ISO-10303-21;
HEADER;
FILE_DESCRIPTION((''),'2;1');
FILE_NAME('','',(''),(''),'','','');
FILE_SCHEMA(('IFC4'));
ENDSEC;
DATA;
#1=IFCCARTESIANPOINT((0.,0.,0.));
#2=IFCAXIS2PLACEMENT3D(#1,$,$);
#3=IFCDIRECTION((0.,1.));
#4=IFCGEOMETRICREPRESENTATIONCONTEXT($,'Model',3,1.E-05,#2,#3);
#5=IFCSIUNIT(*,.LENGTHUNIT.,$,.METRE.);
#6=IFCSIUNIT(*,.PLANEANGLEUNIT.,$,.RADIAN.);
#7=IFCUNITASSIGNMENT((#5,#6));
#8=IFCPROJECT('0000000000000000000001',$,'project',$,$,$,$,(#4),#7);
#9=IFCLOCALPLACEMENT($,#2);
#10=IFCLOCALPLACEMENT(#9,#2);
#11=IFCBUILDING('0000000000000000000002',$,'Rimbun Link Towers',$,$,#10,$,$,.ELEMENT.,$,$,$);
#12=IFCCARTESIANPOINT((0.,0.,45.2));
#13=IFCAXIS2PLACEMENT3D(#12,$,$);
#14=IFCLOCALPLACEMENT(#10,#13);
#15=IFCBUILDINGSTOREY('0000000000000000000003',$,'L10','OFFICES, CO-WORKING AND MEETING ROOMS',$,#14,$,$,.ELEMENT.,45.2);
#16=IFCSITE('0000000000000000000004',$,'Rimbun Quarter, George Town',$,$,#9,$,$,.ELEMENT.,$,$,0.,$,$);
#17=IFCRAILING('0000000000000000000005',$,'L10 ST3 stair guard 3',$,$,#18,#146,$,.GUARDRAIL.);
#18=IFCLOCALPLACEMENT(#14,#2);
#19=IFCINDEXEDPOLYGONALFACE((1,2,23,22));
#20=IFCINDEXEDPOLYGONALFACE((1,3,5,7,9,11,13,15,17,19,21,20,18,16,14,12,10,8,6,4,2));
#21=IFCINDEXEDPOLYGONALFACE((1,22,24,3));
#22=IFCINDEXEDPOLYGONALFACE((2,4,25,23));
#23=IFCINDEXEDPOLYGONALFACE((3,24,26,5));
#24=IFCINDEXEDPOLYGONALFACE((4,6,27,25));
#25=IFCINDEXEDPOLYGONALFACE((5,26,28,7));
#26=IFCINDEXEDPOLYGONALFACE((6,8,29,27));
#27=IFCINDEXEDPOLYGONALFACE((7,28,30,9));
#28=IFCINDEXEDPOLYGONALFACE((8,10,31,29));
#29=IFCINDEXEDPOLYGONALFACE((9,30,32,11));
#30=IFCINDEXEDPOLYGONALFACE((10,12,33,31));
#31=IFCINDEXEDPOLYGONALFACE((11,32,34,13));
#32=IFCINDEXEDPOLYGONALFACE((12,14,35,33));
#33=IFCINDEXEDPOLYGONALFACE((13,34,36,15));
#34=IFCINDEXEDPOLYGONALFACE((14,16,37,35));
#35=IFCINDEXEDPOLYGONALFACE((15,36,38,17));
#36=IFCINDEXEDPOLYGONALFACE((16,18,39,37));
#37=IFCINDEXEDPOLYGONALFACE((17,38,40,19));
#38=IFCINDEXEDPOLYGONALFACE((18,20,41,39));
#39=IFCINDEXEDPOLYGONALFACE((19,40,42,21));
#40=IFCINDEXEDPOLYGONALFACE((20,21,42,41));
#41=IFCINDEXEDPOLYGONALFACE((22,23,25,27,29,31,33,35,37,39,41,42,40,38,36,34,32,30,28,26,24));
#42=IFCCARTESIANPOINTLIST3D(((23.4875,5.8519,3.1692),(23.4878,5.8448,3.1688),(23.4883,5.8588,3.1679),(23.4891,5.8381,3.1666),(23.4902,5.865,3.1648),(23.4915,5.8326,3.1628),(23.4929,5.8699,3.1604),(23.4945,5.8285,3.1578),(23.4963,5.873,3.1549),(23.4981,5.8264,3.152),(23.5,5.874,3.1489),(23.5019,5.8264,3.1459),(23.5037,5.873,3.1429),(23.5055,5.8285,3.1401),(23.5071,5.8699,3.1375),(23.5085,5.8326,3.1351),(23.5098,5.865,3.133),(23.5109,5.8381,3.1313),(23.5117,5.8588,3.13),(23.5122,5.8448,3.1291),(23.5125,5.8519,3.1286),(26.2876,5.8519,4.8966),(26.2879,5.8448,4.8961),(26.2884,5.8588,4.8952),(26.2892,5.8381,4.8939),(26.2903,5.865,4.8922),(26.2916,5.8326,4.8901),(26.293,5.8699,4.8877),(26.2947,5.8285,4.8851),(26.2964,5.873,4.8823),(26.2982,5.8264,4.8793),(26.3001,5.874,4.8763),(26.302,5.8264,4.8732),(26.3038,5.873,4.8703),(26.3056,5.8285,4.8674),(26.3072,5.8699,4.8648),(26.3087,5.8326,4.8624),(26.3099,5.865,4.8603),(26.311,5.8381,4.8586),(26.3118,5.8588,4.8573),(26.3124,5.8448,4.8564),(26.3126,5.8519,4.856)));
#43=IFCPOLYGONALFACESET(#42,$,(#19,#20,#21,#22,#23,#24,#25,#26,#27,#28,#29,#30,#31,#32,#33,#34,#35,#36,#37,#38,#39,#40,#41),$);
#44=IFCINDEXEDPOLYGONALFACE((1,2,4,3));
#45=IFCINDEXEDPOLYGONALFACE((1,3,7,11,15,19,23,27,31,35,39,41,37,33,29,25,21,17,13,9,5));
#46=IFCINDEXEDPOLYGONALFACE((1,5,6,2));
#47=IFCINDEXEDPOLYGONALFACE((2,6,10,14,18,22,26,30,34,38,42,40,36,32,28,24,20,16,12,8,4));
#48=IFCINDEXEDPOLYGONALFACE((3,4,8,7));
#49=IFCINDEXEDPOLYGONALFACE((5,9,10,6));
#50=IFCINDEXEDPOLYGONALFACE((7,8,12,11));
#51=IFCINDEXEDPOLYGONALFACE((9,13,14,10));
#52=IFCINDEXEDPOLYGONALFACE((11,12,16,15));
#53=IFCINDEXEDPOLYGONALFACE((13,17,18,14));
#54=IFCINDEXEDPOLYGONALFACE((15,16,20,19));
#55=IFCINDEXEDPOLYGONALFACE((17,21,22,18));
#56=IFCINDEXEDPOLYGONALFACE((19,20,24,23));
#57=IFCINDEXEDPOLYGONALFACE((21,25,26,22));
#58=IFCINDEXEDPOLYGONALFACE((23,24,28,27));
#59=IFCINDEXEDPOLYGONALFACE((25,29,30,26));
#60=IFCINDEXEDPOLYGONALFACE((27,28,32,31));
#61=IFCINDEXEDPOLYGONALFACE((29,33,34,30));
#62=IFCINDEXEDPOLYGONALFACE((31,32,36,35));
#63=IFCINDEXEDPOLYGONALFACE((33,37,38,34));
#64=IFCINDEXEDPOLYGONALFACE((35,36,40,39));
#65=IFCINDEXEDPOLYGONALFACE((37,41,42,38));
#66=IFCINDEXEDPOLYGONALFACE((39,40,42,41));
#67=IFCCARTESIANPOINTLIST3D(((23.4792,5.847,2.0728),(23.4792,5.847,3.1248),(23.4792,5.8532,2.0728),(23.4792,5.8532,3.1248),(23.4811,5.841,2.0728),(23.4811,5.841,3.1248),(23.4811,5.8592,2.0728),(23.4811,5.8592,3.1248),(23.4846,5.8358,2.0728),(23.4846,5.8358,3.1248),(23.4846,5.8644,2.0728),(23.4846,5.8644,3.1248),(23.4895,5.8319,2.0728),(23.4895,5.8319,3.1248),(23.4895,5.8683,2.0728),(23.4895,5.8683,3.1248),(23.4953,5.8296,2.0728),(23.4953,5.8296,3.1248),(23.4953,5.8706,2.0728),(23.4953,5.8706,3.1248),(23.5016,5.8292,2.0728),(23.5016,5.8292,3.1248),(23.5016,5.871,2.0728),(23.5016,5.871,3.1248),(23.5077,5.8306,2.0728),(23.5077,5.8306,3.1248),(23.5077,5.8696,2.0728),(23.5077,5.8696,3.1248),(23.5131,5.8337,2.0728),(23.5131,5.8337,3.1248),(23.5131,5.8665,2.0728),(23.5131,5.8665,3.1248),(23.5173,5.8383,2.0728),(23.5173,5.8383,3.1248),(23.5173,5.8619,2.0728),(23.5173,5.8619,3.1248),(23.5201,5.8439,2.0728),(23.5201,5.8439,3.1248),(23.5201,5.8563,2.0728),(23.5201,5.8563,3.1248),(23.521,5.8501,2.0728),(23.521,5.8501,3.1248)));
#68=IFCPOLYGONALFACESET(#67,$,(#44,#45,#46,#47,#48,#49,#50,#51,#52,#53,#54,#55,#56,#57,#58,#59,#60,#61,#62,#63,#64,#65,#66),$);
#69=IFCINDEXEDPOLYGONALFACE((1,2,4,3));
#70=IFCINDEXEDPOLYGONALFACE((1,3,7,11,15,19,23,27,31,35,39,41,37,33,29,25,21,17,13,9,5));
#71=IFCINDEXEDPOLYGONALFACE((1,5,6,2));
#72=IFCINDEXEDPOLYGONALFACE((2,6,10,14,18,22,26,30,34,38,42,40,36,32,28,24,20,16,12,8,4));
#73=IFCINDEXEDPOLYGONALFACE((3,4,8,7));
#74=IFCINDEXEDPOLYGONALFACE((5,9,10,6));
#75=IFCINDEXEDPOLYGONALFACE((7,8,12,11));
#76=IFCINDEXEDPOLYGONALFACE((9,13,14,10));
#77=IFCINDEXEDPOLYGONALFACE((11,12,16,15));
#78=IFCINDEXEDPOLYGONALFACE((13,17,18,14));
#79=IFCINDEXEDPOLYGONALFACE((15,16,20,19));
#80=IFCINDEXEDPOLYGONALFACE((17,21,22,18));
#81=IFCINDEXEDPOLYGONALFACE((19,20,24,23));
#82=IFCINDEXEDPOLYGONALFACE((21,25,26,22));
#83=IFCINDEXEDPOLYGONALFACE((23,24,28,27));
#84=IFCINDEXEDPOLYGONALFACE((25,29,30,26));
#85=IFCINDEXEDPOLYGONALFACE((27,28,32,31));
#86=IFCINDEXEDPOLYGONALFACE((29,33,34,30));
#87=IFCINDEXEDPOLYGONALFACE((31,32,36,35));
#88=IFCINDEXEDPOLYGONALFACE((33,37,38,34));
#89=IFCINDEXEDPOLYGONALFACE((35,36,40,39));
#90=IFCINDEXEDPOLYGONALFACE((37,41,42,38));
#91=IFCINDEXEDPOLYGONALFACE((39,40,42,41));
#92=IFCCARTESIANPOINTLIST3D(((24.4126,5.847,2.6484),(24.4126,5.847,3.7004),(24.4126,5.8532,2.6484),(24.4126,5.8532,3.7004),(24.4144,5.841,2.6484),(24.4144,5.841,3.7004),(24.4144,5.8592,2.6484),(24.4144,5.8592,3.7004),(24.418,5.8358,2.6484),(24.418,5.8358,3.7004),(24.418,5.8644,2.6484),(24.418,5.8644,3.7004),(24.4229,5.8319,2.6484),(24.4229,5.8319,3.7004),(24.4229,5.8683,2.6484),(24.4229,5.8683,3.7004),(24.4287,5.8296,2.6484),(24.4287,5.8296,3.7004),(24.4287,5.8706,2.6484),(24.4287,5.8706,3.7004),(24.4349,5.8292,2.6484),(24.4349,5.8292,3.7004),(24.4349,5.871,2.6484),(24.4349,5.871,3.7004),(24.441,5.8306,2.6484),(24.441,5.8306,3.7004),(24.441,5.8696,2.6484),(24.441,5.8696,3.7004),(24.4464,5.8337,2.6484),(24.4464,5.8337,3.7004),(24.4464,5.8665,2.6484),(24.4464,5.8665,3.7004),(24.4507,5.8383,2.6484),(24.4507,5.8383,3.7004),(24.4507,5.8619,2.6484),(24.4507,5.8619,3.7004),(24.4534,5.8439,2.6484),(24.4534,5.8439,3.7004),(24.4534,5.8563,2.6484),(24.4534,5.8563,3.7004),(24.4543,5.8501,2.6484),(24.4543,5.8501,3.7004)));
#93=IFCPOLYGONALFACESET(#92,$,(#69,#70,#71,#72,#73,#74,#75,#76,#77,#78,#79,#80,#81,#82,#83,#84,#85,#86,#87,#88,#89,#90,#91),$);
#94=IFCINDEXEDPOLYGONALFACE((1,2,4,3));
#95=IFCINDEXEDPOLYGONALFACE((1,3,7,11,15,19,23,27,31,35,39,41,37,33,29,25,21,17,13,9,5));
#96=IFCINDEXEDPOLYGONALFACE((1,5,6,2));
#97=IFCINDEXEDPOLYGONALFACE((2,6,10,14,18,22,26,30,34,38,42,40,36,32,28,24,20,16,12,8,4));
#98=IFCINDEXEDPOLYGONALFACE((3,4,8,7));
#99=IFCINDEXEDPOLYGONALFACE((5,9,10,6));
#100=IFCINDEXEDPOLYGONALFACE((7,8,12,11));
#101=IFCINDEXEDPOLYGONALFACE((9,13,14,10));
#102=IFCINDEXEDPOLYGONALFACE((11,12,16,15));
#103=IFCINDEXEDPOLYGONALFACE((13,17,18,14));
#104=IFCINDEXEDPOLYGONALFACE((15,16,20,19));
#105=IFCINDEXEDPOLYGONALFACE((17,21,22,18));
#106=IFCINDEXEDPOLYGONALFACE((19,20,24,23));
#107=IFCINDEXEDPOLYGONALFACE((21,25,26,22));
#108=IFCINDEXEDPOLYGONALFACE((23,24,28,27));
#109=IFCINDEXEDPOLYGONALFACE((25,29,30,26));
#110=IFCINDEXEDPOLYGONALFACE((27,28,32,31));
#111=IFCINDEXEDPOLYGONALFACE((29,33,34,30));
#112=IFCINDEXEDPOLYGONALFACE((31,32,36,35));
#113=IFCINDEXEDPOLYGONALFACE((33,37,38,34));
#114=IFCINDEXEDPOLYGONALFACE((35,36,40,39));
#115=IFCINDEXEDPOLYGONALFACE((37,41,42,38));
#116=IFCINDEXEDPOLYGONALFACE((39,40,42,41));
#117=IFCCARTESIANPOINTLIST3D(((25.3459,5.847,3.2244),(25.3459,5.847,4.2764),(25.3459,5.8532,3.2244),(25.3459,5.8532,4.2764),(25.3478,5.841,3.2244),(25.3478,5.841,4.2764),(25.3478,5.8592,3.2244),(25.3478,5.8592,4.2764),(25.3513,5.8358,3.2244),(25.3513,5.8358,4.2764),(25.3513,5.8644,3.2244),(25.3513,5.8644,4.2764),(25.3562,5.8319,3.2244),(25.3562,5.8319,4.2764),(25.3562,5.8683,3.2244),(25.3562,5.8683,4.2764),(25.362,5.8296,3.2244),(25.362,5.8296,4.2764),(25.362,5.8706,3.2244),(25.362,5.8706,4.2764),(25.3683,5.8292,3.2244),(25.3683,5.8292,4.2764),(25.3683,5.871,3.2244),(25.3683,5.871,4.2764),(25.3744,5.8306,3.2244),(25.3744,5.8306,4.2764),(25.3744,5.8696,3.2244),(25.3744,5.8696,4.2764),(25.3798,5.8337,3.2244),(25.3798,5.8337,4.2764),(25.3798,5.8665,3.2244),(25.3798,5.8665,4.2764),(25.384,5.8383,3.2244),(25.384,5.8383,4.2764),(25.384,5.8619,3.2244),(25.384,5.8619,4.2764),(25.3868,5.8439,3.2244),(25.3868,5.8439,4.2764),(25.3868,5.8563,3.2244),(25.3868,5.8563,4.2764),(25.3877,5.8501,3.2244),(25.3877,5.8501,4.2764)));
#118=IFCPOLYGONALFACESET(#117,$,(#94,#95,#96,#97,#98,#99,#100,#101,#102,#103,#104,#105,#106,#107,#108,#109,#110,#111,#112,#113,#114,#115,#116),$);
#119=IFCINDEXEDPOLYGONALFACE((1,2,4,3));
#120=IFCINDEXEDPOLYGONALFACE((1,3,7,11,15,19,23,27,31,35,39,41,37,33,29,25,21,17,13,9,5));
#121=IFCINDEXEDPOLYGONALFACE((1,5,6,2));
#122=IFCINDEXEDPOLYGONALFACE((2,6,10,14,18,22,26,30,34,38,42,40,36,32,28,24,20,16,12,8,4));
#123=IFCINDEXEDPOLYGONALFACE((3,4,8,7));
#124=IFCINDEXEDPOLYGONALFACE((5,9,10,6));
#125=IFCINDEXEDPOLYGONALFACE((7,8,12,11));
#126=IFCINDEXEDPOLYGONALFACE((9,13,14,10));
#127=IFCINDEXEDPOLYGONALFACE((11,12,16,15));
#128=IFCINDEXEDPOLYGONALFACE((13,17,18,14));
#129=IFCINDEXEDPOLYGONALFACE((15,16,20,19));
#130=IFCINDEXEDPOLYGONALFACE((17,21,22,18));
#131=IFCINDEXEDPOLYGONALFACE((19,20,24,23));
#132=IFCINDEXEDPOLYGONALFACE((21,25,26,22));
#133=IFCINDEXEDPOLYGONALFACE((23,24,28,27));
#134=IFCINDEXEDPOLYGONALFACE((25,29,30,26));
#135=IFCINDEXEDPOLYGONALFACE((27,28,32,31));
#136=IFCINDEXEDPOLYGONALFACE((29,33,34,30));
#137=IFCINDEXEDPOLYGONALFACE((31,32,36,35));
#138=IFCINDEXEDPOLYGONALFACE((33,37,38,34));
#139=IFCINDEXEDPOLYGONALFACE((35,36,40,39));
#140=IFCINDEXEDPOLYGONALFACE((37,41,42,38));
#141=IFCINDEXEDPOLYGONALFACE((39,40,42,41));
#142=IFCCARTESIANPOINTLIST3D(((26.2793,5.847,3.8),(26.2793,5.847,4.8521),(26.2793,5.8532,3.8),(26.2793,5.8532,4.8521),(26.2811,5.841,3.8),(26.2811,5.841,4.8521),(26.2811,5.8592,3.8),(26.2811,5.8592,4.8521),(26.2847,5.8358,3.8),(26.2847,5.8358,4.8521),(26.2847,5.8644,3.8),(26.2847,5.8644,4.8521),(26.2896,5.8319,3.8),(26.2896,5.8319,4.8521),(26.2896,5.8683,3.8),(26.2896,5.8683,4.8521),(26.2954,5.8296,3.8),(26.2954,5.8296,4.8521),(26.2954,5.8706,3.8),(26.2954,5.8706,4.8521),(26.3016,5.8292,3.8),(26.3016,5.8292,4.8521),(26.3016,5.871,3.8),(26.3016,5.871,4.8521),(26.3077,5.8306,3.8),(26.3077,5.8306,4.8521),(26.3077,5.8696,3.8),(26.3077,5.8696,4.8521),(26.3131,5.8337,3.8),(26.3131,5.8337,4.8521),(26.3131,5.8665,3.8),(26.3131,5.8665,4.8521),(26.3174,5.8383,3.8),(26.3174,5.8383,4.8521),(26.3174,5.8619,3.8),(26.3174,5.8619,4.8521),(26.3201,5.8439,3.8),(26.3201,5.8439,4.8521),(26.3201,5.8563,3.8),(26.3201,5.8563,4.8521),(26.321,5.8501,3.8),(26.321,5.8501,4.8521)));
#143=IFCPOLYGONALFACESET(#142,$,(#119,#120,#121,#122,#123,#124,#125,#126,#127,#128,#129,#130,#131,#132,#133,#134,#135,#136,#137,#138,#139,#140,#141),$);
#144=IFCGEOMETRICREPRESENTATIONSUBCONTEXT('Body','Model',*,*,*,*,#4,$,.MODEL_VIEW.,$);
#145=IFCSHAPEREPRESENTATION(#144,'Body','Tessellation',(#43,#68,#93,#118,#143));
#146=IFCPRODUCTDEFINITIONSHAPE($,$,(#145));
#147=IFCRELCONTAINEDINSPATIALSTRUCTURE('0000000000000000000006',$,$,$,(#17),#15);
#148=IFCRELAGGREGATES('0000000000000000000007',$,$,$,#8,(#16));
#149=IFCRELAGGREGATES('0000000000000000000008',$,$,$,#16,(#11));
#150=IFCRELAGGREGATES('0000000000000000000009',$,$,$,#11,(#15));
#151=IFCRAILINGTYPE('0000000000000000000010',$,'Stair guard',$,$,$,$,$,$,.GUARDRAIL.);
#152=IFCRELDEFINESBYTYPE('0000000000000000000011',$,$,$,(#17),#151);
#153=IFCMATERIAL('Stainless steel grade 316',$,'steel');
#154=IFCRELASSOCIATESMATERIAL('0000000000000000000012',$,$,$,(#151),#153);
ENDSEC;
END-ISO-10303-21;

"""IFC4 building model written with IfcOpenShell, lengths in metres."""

from ifc_helpers import new_model, si_unit, direction, frame, origin, origin_2d, place, context, subcontext, project, spatial, circle, extrude, material, type_object, element, save


model = new_model("IFC4")

# Units and contexts
model_context = context("Model", 3, precision=1e-05, world=origin(), true_north=direction((0.0, 1.0)))
body_context = subcontext(model_context, "Body", "Model", "MODEL_VIEW")
ifc_project = project(units=[si_unit("LENGTHUNIT", "METRE"), si_unit("PLANEANGLEUNIT", "RADIAN")], contexts=[model_context])

# Site, building, storey
site_placement = place(None, origin())
site = spatial("IfcSite", under=ifc_project, at=site_placement, Name="Rimbun Quarter, George Town", CompositionType="ELEMENT", RefElevation=0.0)
building_placement = place(site_placement, origin())
building = spatial("IfcBuilding", under=site, at=building_placement, Name="Rimbun Link Towers", CompositionType="ELEMENT")
storey_placement = place(building_placement, frame((0.0, 0.0, 45.2)))
storey = spatial("IfcBuildingStorey", under=building, at=storey_placement, Name="L10", Description="OFFICES, CO-WORKING AND MEETING ROOMS", CompositionType="ELEMENT", Elevation=45.2)

# Railing
ifc_material_1 = material(Name="Stainless steel grade 316", Category="steel")
railing_type_1 = type_object("IfcRailingType", Name="Stair guard", PredefinedType="GUARDRAIL", material=ifc_material_1)
railing_1_placement = place(storey_placement, frame((23.5, 5.8501, 2.0728)))
element("IfcRailing", 1, at=railing_1_placement, inside=storey, type_object=railing_type_1, Name="L10 ST3 stair guard 3", PredefinedType="GUARDRAIL", context=body_context, shape_type="SweptSolid", body=[
    extrude(circle(Radius=0.0239, at=origin_2d()), frame((0.0, 0.0, 1.0762), z_axis=(0.85109, 0.0, 0.52502), x_axis=(0.0, 1.0, 0.0)), (0.0, 0.0, 1.0), 3.29),
    extrude(circle(Radius=0.021, at=origin_2d()), origin(), (0.0, 0.0, 1.0), 1.052),
    extrude(circle(Radius=0.021, at=origin_2d()), frame((0.9333, 0.0, 0.5757)), (0.0, 0.0, 1.0), 1.052),
    extrude(circle(Radius=0.021, at=origin_2d()), frame((1.8667, 0.0, 1.1516)), (0.0, 0.0, 1.0), 1.052),
    extrude(circle(Radius=0.021, at=origin_2d()), frame((2.8, 0.0, 1.7273)), (0.0, 0.0, 1.0), 1.052),
])

save(model, "model.ifc")
